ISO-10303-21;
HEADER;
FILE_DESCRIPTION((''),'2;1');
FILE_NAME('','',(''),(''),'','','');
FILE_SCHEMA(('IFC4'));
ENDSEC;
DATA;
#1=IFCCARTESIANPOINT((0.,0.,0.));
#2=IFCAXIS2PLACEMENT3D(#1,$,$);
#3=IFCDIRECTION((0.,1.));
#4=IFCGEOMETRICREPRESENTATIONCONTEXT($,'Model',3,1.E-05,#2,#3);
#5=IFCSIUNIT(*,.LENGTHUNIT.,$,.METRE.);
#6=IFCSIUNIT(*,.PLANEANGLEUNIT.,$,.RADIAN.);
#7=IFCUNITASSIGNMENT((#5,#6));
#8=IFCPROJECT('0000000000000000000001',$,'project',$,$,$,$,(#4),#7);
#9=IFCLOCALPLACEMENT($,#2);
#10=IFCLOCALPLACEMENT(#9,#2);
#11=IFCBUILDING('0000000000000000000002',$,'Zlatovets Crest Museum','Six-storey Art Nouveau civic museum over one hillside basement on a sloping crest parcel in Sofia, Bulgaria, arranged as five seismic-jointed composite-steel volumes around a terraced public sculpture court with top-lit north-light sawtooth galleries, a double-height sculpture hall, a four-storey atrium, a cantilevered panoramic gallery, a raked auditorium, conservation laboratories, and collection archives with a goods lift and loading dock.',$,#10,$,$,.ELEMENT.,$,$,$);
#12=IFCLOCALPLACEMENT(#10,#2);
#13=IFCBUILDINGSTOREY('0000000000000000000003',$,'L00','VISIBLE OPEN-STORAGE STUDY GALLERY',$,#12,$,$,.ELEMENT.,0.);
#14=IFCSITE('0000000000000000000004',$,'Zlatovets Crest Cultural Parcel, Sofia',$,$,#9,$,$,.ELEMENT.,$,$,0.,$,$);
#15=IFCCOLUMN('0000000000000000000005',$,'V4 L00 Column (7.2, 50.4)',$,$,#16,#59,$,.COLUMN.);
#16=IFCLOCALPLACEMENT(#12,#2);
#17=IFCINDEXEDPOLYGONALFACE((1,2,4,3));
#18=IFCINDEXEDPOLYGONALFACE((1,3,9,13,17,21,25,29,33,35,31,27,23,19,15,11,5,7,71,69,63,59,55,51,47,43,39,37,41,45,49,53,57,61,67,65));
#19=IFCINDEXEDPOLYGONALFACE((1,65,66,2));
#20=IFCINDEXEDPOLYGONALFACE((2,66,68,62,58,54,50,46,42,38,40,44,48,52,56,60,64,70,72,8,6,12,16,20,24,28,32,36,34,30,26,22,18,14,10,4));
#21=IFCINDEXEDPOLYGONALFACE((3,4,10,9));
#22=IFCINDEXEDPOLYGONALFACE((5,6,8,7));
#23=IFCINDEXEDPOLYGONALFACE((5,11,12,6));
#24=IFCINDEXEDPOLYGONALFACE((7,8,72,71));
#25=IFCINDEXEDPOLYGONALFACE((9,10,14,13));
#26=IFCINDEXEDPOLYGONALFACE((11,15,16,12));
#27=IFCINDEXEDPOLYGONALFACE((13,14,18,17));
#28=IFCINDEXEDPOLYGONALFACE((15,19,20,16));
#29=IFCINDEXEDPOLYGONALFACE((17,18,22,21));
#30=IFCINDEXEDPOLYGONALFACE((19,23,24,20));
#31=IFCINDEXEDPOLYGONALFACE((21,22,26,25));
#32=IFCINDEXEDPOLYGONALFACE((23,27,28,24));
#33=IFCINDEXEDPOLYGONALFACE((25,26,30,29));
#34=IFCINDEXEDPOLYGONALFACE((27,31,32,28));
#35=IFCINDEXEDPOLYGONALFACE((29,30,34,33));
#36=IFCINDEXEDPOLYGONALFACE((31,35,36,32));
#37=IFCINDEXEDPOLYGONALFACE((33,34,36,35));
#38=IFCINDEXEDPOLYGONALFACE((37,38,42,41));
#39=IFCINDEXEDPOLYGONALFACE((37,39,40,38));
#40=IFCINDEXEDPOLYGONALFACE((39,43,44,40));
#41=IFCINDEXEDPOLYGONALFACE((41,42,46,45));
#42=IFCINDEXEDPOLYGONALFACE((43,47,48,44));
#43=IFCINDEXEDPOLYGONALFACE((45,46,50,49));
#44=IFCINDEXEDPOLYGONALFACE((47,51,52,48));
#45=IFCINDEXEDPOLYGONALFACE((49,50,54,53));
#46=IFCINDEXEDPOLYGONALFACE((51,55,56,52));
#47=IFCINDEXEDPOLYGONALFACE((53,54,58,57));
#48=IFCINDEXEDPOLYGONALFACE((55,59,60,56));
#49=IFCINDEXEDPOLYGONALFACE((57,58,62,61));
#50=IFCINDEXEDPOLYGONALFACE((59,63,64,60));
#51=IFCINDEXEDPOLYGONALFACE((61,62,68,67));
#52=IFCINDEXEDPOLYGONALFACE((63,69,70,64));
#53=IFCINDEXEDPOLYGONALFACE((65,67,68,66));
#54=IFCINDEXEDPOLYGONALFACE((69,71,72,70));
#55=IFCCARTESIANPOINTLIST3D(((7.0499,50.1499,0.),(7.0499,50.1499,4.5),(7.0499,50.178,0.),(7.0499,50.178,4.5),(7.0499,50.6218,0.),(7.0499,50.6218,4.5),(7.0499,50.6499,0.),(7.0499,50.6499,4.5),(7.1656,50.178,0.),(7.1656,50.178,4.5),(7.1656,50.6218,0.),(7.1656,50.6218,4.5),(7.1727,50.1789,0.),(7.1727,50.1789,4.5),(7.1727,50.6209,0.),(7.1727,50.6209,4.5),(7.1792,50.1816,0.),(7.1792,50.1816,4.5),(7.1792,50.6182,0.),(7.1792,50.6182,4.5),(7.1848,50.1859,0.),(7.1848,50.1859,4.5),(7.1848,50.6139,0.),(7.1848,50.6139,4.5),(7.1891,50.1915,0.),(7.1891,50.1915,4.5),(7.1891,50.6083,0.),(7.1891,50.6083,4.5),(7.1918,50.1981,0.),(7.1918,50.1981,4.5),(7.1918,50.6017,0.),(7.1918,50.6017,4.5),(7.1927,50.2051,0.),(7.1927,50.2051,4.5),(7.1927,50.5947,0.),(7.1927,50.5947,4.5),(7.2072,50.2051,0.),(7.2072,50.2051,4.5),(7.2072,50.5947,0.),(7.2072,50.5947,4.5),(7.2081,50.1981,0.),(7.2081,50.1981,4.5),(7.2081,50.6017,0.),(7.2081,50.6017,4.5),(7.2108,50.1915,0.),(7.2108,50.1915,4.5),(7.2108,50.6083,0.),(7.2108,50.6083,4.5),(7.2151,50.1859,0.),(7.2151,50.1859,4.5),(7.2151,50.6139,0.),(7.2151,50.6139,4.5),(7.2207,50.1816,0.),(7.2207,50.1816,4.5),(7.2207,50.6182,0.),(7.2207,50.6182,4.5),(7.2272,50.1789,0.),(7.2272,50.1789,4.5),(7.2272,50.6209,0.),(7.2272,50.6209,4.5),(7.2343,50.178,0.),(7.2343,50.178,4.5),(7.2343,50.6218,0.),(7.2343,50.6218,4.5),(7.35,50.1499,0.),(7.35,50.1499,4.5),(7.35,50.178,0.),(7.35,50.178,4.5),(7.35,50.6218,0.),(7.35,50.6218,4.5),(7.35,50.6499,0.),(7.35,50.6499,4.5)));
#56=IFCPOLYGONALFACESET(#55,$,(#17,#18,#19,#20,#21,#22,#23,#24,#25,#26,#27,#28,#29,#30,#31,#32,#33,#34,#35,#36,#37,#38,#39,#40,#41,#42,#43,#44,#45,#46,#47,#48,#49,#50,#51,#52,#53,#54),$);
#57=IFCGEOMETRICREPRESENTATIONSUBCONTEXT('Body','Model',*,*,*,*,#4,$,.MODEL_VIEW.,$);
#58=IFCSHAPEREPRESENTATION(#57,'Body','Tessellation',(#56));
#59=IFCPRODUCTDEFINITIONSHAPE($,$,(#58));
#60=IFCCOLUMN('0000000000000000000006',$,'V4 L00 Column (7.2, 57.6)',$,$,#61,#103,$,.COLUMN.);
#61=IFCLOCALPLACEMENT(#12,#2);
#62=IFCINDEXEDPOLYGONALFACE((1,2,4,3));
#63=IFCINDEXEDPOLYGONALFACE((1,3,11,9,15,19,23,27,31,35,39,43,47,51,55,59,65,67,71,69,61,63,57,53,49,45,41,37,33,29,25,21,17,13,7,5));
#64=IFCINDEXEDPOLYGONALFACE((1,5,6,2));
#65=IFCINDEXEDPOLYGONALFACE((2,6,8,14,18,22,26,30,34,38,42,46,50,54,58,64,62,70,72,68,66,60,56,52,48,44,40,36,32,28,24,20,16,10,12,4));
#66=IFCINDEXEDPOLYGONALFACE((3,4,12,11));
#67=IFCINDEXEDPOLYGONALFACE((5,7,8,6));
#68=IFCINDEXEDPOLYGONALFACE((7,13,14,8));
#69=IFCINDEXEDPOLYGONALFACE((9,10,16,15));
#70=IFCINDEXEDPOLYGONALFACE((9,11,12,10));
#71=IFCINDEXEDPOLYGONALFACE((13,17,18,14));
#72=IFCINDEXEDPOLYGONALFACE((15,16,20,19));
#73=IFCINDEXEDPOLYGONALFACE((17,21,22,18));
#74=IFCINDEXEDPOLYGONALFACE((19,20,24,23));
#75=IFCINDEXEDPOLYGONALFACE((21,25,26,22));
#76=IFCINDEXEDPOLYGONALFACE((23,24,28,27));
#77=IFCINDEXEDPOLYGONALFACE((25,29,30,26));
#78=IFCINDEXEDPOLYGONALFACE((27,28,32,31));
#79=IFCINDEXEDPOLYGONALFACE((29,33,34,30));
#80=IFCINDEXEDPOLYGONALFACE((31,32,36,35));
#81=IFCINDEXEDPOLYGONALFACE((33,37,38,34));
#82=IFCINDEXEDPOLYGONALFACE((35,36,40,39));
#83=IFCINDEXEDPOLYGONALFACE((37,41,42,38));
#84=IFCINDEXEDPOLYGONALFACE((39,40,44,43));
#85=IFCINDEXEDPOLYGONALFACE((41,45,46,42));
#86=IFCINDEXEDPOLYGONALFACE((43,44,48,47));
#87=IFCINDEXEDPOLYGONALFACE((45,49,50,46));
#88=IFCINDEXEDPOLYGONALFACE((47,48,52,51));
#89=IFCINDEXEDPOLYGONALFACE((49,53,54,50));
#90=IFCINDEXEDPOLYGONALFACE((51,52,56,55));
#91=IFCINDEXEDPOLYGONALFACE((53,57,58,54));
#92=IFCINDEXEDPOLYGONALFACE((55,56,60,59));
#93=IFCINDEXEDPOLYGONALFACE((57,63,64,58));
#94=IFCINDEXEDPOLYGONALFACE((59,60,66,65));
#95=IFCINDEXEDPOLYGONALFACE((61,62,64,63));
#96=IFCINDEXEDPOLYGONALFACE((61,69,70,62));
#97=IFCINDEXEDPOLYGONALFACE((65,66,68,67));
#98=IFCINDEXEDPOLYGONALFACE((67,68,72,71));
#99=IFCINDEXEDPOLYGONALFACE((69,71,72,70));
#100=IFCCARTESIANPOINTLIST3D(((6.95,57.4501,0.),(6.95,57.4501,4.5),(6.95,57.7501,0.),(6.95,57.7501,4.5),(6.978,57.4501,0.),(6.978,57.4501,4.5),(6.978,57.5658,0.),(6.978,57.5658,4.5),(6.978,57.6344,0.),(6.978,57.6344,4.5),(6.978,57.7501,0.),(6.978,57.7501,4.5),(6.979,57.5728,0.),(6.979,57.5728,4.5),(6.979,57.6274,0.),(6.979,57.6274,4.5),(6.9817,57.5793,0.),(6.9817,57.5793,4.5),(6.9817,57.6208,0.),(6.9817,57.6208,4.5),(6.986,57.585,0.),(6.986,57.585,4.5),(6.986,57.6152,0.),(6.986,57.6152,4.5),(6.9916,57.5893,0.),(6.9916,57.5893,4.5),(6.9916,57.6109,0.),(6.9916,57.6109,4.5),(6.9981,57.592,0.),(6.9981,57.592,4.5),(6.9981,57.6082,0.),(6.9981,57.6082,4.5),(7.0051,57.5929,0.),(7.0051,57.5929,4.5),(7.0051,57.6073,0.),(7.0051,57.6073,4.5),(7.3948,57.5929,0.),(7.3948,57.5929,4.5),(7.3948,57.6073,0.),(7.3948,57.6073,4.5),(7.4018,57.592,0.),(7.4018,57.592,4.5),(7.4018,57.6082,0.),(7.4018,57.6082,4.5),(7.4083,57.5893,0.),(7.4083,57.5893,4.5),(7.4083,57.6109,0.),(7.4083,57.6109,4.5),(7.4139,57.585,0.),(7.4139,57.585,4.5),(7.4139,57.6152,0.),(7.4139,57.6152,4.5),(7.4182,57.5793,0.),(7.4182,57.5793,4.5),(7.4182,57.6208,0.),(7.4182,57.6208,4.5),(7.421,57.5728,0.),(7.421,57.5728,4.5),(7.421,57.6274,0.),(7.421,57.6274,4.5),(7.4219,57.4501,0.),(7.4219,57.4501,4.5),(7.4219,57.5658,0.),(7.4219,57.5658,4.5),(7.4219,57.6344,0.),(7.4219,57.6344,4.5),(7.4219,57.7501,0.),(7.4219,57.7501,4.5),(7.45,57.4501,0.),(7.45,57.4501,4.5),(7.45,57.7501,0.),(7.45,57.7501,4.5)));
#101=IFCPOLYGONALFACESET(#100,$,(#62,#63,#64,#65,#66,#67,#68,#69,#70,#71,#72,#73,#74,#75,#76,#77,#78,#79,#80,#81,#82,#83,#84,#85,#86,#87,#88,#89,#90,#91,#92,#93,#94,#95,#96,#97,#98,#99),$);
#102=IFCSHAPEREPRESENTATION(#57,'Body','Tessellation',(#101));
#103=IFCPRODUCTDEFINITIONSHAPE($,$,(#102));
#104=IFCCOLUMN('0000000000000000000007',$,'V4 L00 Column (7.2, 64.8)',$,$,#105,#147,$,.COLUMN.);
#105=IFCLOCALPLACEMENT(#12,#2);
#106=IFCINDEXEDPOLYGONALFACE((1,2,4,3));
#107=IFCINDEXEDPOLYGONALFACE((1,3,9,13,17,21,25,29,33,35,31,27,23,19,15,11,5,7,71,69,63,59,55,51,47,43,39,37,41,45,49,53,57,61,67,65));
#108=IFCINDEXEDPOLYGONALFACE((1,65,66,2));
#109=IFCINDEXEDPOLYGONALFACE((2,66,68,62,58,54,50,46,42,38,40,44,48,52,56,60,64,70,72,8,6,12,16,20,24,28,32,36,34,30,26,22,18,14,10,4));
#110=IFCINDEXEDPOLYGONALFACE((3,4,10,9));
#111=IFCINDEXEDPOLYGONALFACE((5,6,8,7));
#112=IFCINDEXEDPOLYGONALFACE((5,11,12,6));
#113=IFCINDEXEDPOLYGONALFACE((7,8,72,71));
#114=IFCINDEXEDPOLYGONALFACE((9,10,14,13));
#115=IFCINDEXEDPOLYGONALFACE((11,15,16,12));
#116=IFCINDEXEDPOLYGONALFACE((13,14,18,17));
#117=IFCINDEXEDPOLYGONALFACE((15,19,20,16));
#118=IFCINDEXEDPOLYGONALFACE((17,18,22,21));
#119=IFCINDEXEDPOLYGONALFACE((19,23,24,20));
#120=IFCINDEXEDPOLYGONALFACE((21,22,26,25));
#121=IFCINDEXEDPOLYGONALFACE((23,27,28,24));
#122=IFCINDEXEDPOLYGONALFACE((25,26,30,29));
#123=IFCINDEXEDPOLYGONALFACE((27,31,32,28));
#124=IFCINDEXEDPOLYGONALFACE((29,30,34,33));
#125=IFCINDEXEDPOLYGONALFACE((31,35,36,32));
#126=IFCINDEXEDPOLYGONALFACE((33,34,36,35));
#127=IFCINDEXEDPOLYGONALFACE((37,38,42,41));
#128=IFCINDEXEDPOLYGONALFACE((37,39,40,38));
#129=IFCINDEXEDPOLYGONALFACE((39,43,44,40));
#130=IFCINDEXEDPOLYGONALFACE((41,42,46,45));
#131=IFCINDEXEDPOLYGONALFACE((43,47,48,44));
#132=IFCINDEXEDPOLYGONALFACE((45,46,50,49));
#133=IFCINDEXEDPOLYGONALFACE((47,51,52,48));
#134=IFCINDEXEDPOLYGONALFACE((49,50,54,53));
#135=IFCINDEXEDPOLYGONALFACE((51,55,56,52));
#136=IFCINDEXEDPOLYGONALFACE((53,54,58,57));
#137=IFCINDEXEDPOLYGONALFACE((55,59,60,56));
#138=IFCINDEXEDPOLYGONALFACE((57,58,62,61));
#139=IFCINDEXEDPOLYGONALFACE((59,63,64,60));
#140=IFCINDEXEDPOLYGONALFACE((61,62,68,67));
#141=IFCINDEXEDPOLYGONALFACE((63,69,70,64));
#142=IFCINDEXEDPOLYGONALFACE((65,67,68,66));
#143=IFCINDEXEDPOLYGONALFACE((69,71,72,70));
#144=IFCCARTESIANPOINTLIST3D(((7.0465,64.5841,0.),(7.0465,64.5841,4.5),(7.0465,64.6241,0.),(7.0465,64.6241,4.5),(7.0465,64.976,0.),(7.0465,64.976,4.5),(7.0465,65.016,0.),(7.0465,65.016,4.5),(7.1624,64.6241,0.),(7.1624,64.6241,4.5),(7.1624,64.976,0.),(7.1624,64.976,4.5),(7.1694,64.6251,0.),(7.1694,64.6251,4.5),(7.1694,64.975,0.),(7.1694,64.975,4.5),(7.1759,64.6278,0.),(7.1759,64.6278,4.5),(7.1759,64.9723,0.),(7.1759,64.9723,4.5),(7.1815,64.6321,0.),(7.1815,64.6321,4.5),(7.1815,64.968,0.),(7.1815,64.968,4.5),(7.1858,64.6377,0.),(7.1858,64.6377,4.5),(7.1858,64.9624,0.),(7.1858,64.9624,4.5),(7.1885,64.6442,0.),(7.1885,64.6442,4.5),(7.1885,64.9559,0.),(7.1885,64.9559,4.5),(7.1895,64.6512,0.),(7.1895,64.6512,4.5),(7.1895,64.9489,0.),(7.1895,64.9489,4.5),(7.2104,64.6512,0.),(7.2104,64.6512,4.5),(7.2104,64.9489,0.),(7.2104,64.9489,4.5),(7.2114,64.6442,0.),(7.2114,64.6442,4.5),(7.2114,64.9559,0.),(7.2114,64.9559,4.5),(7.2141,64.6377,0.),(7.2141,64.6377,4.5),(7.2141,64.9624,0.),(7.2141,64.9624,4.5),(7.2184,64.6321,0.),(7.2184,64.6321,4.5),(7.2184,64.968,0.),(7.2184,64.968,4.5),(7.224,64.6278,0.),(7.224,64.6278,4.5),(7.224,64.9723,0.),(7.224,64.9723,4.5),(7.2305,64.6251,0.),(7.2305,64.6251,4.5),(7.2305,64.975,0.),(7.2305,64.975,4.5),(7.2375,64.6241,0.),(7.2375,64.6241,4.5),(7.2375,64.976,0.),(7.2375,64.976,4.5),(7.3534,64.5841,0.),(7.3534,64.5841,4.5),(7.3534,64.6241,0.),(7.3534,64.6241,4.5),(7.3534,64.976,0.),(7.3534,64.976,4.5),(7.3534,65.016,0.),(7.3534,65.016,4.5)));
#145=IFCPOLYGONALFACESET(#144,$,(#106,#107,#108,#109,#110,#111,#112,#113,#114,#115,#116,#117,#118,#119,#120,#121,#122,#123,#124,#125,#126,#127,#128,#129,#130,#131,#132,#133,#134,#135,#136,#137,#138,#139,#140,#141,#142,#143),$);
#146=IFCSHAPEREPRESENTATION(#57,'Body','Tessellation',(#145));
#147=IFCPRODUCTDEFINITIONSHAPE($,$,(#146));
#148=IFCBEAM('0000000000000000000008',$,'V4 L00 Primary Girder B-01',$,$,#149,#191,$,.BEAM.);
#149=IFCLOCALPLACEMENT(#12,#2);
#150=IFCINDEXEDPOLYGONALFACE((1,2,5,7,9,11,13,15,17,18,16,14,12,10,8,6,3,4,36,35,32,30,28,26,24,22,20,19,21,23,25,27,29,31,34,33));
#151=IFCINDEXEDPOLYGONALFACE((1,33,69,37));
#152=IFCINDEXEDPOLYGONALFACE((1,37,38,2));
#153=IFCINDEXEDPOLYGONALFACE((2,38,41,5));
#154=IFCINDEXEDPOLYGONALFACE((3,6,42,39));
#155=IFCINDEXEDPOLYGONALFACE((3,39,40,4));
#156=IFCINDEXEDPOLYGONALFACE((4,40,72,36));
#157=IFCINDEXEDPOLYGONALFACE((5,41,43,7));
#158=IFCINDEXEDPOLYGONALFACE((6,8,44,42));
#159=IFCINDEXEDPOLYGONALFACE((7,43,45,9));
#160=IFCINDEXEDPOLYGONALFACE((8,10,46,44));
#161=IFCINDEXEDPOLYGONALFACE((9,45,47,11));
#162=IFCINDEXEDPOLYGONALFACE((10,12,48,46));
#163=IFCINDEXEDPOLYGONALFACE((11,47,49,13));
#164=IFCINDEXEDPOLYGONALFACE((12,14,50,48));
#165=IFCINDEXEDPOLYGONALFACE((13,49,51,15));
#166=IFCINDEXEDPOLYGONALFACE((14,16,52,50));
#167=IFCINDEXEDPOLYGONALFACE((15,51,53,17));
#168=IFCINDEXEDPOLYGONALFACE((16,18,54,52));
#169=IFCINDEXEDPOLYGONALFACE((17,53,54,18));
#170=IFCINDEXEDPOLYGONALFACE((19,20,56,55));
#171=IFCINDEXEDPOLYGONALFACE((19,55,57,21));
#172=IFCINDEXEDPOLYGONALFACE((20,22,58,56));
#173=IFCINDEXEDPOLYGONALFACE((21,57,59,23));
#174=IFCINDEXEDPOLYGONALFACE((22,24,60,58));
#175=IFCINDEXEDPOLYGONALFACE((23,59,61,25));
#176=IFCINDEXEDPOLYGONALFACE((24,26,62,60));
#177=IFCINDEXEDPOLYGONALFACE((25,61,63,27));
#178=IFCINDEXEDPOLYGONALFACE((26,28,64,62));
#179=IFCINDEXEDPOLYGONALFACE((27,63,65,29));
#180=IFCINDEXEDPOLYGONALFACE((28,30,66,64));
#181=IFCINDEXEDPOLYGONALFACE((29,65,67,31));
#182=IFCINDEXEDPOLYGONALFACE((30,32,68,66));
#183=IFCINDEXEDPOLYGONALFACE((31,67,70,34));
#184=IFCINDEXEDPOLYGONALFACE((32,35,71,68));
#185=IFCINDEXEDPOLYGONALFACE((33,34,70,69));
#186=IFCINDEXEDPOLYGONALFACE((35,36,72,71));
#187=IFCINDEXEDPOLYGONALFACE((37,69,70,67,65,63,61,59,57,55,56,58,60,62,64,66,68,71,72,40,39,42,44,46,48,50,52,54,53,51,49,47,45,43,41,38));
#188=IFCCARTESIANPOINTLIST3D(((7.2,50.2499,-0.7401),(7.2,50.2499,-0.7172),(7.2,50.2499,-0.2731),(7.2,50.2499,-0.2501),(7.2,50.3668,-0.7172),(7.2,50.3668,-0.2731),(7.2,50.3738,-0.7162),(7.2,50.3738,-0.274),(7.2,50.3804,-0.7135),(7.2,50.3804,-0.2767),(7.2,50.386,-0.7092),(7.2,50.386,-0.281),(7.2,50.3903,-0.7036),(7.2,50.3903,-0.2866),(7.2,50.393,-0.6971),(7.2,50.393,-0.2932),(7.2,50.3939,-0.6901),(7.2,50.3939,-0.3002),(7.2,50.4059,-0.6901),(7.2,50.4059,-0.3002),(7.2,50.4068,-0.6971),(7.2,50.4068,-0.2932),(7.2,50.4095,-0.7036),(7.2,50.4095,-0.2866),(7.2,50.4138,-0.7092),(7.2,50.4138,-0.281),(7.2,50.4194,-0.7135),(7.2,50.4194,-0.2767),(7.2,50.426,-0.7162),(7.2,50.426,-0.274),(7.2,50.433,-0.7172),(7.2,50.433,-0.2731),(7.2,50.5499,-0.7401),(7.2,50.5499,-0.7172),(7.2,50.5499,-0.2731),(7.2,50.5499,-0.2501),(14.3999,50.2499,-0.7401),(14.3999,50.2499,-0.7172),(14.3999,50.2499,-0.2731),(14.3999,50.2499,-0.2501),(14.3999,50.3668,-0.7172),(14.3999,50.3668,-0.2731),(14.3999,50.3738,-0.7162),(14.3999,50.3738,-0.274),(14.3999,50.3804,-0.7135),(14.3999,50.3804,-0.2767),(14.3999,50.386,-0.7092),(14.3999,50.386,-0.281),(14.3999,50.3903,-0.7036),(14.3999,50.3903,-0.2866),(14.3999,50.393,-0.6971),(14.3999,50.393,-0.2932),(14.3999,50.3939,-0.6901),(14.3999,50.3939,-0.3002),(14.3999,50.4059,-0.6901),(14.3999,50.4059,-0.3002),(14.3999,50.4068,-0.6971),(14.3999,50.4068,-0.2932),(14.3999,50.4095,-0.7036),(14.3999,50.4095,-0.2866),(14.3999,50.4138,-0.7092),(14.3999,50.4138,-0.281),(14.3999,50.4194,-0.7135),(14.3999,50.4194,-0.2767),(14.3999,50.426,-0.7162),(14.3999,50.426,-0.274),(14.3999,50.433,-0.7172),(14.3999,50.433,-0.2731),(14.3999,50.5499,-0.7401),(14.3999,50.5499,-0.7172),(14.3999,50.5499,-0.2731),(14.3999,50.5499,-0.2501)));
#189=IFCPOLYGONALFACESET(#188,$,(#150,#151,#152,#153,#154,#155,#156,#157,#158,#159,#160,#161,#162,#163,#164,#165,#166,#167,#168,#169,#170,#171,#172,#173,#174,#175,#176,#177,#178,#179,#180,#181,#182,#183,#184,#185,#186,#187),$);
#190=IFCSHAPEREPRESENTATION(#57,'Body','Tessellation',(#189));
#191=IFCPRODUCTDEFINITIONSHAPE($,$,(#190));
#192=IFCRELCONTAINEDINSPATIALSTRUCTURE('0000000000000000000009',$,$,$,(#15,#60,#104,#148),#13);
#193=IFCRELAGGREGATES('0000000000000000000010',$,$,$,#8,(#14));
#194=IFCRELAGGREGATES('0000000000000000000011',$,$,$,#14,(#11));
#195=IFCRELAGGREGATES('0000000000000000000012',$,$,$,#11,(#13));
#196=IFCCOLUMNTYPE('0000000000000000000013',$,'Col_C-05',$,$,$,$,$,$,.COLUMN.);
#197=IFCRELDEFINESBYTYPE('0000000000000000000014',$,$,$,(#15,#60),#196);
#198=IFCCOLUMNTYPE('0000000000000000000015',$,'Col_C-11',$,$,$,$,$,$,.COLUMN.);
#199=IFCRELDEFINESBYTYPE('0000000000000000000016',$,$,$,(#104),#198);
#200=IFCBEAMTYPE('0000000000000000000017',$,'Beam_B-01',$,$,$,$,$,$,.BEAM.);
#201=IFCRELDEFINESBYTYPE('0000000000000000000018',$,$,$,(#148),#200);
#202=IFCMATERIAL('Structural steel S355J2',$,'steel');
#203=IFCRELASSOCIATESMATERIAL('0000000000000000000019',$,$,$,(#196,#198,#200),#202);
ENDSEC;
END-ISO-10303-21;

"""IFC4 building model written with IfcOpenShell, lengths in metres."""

from ifc_helpers import new_model, si_unit, direction, frame, origin, origin_2d, place, context, subcontext, project, spatial, i_section, extrude, material, material_profile, profile_set, type_object, element, save


model = new_model("IFC4")

# Units and contexts
model_context = context("Model", 3, precision=1e-05, world=origin(), true_north=direction((0.0, 1.0)))
body_context = subcontext(model_context, "Body", "Model", "MODEL_VIEW")
ifc_project = project(units=[si_unit("LENGTHUNIT", "METRE"), si_unit("PLANEANGLEUNIT", "RADIAN")], contexts=[model_context])

# Site, building, storey
site_placement = place(None, origin())
site = spatial("IfcSite", under=ifc_project, at=site_placement, Name="Zlatovets Crest Cultural Parcel, Sofia", CompositionType="ELEMENT", RefElevation=0.0)
building_placement = place(site_placement, origin())
building = spatial("IfcBuilding", under=site, at=building_placement, Name="Zlatovets Crest Museum", Description="Six-storey Art Nouveau civic museum over one hillside basement on a sloping crest parcel in Sofia, Bulgaria, arranged as five seismic-jointed composite-steel volumes around a terraced public sculpture court with top-lit north-light sawtooth galleries, a double-height sculpture hall, a four-storey atrium, a cantilevered panoramic gallery, a raked auditorium, conservation laboratories, and collection archives with a goods lift and loading dock.", CompositionType="ELEMENT")
storey_placement = place(building_placement, origin())
storey = spatial("IfcBuildingStorey", under=building, at=storey_placement, Name="L00", Description="VISIBLE OPEN-STORAGE STUDY GALLERY", CompositionType="ELEMENT", Elevation=0.0)

# Columns
ifc_material_1 = material(Name="Structural steel S355J2", Category="steel")
ifc_material_profile_1 = material_profile(ifc_material_1, i_section(OverallWidth=0.3, OverallDepth=0.5, WebThickness=0.0144, FlangeThickness=0.0281, FilletRadius=0.0271, at=origin_2d()), Name="HEB 500")
ifc_profile_set_1 = profile_set([ifc_material_profile_1], Name="Structural steel S355J2")
column_type_1 = type_object("IfcColumnType", Name="Col_C-05", PredefinedType="COLUMN", material=ifc_profile_set_1)
for number, where, z_axis, x_axis, name in (
    (1, (7.2, 50.3999, 0.0), (0.0, 0.0, 1.0), (1.0, 0.0, 0.0), "V4 L00 Column (7.2, 50.4)"),
    (2, (7.2, 57.6001, 0.0), (0.0, 0.0, 1.0), (0.0, 1.0, 0.0), "V4 L00 Column (7.2, 57.6)"),
):
    element("IfcColumn", number, at=place(storey_placement, frame(where, z_axis=z_axis, x_axis=x_axis)), inside=storey, type_object=column_type_1, Name=name, PredefinedType="COLUMN", context=body_context, shape_type="SweptSolid", body=[
        extrude(i_section(OverallWidth=0.3, OverallDepth=0.5, WebThickness=0.0144, FlangeThickness=0.0281, FilletRadius=0.0271, at=origin_2d()), origin(), (0.0, 0.0, 1.0), 4.5),
    ])
ifc_material_profile_2 = material_profile(ifc_material_1, i_section(OverallWidth=0.3069, OverallDepth=0.4319, WebThickness=0.021, FlangeThickness=0.04, FilletRadius=0.0271, at=origin_2d()), Name="HEM 400")
ifc_profile_set_2 = profile_set([ifc_material_profile_2], Name="Structural steel S355J2")
column_type_2 = type_object("IfcColumnType", Name="Col_C-11", PredefinedType="COLUMN", material=ifc_profile_set_2)
column_placement = place(storey_placement, frame((7.2, 64.8, 0.0), z_axis=(0.0, 0.0, 1.0), x_axis=(1.0, 0.0, 0.0)))
element("IfcColumn", 3, at=column_placement, inside=storey, type_object=column_type_2, Name="V4 L00 Column (7.2, 64.8)", PredefinedType="COLUMN", context=body_context, shape_type="SweptSolid", body=[
    extrude(i_section(OverallWidth=0.3069, OverallDepth=0.4319, WebThickness=0.021, FlangeThickness=0.04, FilletRadius=0.0271, at=origin_2d()), origin(), (0.0, 0.0, 1.0), 4.5),
])

# Beam
ifc_material_profile_3 = material_profile(ifc_material_1, i_section(OverallWidth=0.3, OverallDepth=0.49, WebThickness=0.012, FlangeThickness=0.0229, FilletRadius=0.0271, at=origin_2d()), Name="HEA 500")
ifc_profile_set_3 = profile_set([ifc_material_profile_3], Name="Structural steel S355J2")
beam_type_1 = type_object("IfcBeamType", Name="Beam_B-01", PredefinedType="BEAM", material=ifc_profile_set_3)
beam_1_placement = place(storey_placement, frame((7.2, 50.3999, -0.4951), z_axis=(1.0, 0.0, 0.0), x_axis=(0.0, 1.0, 0.0)))
element("IfcBeam", 4, at=beam_1_placement, inside=storey, type_object=beam_type_1, Name="V4 L00 Primary Girder B-01", PredefinedType="BEAM", context=body_context, shape_type="SweptSolid", body=[
    extrude(i_section(OverallWidth=0.3, OverallDepth=0.49, WebThickness=0.012, FlangeThickness=0.0229, FilletRadius=0.0271, at=origin_2d()), origin(), (0.0, 0.0, 1.0), 7.2),
])

save(model, "model.ifc")
